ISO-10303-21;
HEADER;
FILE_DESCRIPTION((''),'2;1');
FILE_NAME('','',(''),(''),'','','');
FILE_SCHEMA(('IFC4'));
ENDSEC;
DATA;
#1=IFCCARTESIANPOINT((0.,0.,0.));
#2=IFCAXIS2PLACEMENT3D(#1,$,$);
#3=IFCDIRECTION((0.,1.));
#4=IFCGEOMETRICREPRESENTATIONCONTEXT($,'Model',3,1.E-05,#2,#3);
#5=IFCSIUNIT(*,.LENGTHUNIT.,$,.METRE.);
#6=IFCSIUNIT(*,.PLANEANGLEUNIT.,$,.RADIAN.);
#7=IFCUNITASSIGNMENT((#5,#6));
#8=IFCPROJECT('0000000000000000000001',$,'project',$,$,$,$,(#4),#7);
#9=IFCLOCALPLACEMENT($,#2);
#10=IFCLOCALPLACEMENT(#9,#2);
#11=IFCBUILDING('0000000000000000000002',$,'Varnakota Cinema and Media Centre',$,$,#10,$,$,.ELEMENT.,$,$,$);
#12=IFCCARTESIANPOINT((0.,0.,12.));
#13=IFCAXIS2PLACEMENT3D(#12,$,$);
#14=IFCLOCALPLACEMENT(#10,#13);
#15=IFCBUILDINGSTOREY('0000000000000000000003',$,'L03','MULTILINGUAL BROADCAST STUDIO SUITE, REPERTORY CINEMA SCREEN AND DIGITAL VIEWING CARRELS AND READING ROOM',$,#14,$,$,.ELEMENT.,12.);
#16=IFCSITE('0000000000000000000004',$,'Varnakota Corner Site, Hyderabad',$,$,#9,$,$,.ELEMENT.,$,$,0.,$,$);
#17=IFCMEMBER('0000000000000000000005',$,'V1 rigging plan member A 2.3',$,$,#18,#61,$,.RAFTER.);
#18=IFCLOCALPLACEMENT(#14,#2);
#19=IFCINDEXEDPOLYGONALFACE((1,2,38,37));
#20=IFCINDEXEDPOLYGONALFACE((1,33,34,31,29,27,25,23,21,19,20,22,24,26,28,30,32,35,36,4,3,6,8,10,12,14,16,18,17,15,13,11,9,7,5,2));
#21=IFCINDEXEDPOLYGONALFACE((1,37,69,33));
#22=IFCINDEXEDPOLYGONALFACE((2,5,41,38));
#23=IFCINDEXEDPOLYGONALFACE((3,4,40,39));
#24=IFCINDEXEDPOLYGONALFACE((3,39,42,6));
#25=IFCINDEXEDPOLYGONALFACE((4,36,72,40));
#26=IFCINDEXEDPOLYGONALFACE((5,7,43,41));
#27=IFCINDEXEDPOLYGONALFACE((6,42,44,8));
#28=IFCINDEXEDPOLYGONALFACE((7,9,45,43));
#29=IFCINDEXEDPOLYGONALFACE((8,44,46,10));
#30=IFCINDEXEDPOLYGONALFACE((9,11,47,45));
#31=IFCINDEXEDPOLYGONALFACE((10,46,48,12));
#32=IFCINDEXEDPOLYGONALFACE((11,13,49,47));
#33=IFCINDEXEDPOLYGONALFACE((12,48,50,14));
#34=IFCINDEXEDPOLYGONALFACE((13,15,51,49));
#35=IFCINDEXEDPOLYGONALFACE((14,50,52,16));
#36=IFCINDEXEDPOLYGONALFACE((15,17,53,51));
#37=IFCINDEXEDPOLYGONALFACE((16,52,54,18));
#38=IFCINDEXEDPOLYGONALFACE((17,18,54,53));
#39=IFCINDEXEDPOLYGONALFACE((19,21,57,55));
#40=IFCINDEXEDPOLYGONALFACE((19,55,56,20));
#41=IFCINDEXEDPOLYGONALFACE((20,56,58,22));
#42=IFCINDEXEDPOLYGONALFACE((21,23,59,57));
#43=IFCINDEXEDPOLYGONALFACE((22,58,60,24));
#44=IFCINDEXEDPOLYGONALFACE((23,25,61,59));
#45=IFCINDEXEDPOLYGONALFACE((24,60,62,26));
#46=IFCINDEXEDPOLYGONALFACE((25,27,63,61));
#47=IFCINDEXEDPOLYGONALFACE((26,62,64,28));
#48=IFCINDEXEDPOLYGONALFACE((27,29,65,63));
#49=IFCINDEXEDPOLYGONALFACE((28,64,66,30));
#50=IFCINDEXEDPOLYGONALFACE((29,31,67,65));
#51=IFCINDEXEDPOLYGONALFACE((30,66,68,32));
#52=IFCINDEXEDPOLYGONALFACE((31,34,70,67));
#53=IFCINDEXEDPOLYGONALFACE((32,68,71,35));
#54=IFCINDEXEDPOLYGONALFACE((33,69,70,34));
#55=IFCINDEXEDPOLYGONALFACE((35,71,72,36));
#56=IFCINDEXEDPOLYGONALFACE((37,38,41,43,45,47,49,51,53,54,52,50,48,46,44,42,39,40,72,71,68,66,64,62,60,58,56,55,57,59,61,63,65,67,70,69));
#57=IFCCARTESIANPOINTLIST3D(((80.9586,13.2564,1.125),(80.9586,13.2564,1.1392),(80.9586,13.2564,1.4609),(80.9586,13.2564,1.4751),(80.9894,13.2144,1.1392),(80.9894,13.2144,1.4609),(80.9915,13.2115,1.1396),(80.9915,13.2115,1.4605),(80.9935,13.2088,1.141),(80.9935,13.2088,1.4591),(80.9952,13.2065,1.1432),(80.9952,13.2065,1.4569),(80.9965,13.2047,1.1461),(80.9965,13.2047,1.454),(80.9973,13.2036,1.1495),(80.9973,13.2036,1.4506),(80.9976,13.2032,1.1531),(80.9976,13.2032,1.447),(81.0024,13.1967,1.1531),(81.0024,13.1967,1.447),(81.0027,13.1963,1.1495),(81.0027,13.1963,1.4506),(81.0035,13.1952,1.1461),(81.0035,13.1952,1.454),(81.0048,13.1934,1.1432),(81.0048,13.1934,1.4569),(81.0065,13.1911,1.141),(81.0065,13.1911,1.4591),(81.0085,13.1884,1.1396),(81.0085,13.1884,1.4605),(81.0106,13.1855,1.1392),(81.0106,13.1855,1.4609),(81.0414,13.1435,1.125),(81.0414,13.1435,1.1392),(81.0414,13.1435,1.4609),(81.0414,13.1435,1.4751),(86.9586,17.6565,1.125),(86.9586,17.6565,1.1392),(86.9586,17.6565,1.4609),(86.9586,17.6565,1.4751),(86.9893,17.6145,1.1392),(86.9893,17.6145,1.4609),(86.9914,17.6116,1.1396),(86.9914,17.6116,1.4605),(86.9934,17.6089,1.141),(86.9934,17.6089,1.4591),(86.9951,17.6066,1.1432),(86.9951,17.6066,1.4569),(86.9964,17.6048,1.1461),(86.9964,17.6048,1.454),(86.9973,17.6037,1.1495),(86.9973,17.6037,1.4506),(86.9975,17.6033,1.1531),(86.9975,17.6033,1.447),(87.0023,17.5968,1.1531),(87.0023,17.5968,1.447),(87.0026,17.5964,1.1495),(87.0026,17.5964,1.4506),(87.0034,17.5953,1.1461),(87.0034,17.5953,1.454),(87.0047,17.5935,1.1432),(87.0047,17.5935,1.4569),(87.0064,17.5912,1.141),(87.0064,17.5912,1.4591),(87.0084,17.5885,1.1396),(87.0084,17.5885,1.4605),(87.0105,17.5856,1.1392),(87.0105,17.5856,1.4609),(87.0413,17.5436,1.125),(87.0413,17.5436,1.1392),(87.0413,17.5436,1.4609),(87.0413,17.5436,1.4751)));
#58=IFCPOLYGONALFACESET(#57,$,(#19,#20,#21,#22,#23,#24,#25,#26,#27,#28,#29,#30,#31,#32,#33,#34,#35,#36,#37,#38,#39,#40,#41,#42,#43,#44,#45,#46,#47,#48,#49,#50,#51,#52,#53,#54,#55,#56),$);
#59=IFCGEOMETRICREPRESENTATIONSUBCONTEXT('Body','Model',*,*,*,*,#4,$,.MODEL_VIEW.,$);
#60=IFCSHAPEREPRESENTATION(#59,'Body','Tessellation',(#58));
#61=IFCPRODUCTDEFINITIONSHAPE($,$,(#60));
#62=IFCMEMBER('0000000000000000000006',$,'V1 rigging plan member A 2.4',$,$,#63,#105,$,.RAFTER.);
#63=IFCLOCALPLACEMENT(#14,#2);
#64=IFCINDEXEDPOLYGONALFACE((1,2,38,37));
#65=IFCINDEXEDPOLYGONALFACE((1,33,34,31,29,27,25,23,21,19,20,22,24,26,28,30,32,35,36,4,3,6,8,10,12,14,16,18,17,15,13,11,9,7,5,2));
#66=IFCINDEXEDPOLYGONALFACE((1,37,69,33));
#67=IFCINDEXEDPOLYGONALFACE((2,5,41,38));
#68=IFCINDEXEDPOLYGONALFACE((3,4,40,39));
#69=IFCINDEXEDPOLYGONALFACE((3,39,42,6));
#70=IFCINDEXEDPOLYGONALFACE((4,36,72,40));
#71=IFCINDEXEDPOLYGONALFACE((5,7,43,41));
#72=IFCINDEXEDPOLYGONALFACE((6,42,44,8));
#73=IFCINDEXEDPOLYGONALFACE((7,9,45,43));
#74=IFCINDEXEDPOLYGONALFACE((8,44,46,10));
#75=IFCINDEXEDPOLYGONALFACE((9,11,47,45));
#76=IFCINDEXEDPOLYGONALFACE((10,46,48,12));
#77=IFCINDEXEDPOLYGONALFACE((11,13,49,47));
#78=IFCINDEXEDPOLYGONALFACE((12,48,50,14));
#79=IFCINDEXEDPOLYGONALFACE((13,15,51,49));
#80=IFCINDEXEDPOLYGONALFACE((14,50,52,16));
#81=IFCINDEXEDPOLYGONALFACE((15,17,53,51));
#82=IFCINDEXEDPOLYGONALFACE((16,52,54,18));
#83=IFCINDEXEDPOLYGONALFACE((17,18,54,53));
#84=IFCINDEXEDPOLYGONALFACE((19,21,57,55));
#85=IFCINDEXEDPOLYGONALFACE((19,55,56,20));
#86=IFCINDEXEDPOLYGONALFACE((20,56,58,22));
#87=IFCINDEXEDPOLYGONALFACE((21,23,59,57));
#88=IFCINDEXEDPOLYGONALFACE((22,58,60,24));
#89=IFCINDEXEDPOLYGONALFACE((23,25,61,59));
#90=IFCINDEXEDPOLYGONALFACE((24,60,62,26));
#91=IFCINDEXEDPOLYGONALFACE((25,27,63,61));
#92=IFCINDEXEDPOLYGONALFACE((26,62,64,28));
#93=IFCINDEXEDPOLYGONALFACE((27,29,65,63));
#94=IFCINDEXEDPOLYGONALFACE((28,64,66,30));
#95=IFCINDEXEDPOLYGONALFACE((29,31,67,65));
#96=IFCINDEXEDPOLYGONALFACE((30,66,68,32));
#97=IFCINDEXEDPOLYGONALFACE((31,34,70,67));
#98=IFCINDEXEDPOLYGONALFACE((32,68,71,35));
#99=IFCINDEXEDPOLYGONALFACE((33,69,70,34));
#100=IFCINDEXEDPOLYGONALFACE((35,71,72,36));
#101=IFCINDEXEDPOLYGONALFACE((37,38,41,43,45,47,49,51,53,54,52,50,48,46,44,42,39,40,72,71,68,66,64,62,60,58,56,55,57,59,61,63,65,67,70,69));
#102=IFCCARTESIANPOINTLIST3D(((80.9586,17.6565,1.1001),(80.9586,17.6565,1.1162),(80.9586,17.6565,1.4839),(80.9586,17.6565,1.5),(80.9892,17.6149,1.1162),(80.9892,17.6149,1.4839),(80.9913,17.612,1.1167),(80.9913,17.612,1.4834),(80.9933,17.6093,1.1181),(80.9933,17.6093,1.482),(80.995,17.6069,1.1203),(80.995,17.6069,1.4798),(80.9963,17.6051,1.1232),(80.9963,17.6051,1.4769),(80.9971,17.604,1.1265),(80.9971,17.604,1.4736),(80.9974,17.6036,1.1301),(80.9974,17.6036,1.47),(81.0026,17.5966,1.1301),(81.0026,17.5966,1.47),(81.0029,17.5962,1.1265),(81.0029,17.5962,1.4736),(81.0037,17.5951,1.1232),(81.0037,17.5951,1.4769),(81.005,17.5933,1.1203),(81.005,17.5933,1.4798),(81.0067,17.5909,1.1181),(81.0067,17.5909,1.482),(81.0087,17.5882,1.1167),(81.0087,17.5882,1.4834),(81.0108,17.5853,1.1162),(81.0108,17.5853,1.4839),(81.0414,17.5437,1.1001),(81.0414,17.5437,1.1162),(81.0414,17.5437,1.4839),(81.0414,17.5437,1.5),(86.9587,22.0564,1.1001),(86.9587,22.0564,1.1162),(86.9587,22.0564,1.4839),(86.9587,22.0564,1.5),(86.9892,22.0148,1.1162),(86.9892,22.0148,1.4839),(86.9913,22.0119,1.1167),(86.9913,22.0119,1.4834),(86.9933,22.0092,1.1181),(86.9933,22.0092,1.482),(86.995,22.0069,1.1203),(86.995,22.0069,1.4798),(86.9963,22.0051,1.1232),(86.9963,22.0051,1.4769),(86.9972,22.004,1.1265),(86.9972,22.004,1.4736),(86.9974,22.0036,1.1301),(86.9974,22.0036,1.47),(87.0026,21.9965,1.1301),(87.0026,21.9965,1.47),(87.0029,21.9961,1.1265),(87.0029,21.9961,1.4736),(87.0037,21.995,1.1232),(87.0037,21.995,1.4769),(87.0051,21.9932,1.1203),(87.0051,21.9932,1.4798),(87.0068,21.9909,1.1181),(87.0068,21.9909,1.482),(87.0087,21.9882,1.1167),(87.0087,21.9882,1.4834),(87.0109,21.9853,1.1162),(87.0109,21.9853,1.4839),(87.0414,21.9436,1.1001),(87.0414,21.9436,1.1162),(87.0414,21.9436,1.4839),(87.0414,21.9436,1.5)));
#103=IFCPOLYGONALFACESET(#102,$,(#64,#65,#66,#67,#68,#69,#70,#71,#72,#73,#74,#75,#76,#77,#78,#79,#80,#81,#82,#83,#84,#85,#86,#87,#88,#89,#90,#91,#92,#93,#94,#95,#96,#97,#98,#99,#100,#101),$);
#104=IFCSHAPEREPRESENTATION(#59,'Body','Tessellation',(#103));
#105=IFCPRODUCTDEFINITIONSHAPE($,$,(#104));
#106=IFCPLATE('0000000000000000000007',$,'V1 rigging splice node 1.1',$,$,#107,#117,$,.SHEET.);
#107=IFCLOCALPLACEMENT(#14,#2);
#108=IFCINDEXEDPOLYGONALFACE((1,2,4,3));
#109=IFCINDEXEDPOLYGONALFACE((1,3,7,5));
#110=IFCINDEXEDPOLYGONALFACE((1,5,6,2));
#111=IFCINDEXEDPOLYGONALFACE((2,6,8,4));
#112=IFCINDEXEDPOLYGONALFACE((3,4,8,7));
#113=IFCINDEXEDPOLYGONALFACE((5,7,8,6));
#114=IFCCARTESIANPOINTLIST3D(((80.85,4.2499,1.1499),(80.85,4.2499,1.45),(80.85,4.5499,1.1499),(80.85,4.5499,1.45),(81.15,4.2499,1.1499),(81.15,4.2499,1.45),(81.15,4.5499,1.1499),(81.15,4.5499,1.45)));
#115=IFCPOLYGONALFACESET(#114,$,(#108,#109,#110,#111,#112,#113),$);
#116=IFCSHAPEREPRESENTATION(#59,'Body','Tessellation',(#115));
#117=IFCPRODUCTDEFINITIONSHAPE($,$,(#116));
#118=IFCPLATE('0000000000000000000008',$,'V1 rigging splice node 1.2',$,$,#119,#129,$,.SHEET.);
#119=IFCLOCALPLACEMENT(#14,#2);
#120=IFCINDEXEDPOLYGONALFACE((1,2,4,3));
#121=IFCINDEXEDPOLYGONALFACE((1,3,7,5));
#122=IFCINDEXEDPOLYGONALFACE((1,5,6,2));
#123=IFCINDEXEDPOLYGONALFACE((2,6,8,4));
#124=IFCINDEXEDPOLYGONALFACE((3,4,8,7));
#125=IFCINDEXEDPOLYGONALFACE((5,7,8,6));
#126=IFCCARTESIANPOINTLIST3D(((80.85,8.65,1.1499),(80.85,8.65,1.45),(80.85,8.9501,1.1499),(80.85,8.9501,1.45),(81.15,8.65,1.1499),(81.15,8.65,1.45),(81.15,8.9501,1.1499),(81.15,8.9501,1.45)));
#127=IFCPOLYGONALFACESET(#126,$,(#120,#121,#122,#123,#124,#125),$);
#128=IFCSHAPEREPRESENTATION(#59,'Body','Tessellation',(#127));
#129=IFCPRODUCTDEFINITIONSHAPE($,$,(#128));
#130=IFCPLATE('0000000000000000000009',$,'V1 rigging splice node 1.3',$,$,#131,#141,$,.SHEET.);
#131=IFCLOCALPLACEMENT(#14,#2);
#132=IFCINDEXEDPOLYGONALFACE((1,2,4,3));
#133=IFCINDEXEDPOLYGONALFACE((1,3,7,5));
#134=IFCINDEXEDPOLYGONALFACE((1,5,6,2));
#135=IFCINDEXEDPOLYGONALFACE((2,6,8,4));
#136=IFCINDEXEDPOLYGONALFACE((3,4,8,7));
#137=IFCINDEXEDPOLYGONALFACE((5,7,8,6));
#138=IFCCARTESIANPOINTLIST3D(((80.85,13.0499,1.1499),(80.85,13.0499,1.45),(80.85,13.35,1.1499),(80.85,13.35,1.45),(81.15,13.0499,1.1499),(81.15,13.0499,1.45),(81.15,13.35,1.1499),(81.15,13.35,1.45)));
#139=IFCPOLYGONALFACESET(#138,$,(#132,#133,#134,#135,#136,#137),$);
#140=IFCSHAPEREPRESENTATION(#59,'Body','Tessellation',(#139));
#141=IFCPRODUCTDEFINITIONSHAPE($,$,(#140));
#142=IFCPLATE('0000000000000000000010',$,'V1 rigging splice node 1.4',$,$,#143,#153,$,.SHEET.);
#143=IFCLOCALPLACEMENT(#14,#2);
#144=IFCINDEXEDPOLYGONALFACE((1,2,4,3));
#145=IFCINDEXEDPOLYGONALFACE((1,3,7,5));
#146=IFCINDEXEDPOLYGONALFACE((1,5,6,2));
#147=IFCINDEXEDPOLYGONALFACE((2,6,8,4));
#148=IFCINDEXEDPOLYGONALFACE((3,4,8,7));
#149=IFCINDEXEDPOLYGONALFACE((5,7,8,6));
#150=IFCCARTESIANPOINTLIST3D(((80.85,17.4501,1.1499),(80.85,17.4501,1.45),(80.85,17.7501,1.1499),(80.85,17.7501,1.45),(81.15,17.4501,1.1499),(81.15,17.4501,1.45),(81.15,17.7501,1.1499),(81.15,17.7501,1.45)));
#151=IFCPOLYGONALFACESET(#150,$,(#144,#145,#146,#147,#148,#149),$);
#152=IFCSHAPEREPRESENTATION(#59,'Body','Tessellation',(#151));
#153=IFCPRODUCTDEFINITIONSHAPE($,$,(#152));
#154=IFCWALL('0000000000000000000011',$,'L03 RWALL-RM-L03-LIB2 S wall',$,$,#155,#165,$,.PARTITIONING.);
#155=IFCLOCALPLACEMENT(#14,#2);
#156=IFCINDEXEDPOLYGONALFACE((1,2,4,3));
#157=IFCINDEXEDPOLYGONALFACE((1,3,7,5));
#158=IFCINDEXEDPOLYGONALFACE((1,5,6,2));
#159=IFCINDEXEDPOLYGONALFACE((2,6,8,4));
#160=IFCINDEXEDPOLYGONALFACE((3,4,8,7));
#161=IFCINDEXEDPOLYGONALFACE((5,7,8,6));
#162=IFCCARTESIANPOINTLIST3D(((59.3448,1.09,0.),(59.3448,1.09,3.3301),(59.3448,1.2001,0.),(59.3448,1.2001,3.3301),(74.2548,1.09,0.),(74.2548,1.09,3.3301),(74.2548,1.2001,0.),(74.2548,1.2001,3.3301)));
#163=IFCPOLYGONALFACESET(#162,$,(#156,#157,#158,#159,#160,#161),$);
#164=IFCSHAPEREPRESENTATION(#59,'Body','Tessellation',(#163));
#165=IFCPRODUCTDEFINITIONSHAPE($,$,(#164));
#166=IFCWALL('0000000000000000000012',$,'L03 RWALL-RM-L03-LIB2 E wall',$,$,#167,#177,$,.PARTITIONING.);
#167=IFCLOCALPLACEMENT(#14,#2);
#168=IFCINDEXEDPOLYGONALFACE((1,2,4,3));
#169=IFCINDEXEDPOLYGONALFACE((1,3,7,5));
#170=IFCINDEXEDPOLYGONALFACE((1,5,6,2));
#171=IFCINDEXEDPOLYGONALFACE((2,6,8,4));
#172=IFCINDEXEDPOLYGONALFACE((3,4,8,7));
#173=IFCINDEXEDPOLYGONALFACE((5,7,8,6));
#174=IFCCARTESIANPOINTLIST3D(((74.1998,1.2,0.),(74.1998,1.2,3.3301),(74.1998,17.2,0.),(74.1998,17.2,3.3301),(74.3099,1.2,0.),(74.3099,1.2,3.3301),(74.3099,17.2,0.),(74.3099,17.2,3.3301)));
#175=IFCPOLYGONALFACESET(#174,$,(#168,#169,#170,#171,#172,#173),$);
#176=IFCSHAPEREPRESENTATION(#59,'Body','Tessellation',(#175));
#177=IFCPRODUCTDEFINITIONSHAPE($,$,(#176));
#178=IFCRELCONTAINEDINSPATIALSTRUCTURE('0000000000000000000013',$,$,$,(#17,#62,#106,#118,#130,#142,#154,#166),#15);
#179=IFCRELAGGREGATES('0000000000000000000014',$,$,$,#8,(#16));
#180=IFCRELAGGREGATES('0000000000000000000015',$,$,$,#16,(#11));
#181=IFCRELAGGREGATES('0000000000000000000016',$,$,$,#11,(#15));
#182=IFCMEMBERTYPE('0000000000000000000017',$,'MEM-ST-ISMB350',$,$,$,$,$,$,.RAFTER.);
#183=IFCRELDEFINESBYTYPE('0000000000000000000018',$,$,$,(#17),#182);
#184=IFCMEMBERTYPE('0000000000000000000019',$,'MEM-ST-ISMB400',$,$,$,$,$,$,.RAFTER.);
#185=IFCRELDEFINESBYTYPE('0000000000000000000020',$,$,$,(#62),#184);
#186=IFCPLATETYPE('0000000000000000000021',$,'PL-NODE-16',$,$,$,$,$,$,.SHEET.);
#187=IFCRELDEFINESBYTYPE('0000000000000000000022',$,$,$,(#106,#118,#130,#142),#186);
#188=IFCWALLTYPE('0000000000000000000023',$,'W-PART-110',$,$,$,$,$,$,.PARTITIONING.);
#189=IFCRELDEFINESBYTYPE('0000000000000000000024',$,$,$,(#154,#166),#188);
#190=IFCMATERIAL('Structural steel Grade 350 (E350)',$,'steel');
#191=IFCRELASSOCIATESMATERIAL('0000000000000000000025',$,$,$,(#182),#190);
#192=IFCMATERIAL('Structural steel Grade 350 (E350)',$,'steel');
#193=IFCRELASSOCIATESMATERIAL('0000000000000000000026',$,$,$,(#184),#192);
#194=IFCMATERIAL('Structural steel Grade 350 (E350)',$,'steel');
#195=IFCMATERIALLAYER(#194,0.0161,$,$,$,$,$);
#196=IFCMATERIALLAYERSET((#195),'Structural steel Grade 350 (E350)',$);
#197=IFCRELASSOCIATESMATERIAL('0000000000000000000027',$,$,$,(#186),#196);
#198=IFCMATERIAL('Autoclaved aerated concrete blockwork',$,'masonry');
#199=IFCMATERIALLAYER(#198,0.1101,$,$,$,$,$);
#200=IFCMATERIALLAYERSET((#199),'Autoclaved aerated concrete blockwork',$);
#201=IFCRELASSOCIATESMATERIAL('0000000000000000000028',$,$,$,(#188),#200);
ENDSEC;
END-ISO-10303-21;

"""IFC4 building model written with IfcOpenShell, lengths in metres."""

from ifc_helpers import new_model, si_unit, direction, frame, frame_2d, origin, origin_2d, place, context, subcontext, project, spatial, rectangle, i_section, extrude, material, layer, layer_set, material_profile, profile_set, type_object, element, save


model = new_model("IFC4")

# Units and contexts
model_context = context("Model", 3, precision=1e-05, world=origin(), true_north=direction((0.0, 1.0)))
body_context = subcontext(model_context, "Body", "Model", "MODEL_VIEW")
ifc_project = project(units=[si_unit("LENGTHUNIT", "METRE"), si_unit("PLANEANGLEUNIT", "RADIAN")], contexts=[model_context])

# Site, building, storey
site_placement = place(None, origin())
site = spatial("IfcSite", under=ifc_project, at=site_placement, Name="Varnakota Corner Site, Hyderabad", CompositionType="ELEMENT", RefElevation=0.0)
building_placement = place(site_placement, origin())
building = spatial("IfcBuilding", under=site, at=building_placement, Name="Varnakota Cinema and Media Centre", CompositionType="ELEMENT")
storey_placement = place(building_placement, frame((0.0, 0.0, 12.0)))
storey = spatial("IfcBuildingStorey", under=building, at=storey_placement, Name="L03", Description="MULTILINGUAL BROADCAST STUDIO SUITE, REPERTORY CINEMA SCREEN AND DIGITAL VIEWING CARRELS AND READING ROOM", CompositionType="ELEMENT", Elevation=12.0)

# Members
ifc_material_1 = material(Name="Structural steel Grade 350 (E350)", Category="steel")
ifc_material_profile_1 = material_profile(ifc_material_1, i_section(OverallWidth=0.1399, OverallDepth=0.3501, WebThickness=0.0081, FlangeThickness=0.0142, FilletRadius=0.0139, at=origin_2d()), Name="ISMB 350")
ifc_profile_set_1 = profile_set([ifc_material_profile_1], Name="Structural steel Grade 350 (E350)")
member_type_1 = type_object("IfcMemberType", Name="MEM-ST-ISMB350", PredefinedType="RAFTER", material=ifc_profile_set_1)
member_1_placement = place(storey_placement, frame((81.0, 13.2, 1.3), z_axis=(0.806396, 0.591376, 0.0), x_axis=(-0.591376, 0.806396, 0.0)))
element("IfcMember", 1, at=member_1_placement, inside=storey, type_object=member_type_1, Name="V1 rigging plan member A 2.3", PredefinedType="RAFTER", context=body_context, shape_type="SweptSolid", body=[
    extrude(i_section(OverallWidth=0.1399, OverallDepth=0.3501, WebThickness=0.0081, FlangeThickness=0.0142, FilletRadius=0.0139, at=origin_2d()), origin(), (0.0, 0.0, 1.0), 7.4404),
])
ifc_material_2 = material(Name="Structural steel Grade 350 (E350)", Category="steel")
ifc_material_profile_2 = material_profile(ifc_material_2, i_section(OverallWidth=0.1399, OverallDepth=0.3999, WebThickness=0.0088, FlangeThickness=0.0161, FilletRadius=0.0139, at=origin_2d()), Name="ISMB 400")
ifc_profile_set_2 = profile_set([ifc_material_profile_2], Name="Structural steel Grade 350 (E350)")
member_type_2 = type_object("IfcMemberType", Name="MEM-ST-ISMB400", PredefinedType="RAFTER", material=ifc_profile_set_2)
member_2_placement = place(storey_placement, frame((81.0, 17.6001, 1.3), z_axis=(0.806411, 0.591355, 0.0), x_axis=(-0.591355, 0.806411, 0.0)))
element("IfcMember", 2, at=member_2_placement, inside=storey, type_object=member_type_2, Name="V1 rigging plan member A 2.4", PredefinedType="RAFTER", context=body_context, shape_type="SweptSolid", body=[
    extrude(i_section(OverallWidth=0.1399, OverallDepth=0.3999, WebThickness=0.0088, FlangeThickness=0.0161, FilletRadius=0.0139, at=origin_2d()), origin(), (0.0, 0.0, 1.0), 7.4404),
])

# Plates
ifc_material_3 = material(Name="Structural steel Grade 350 (E350)", Category="steel")
ifc_layer_1 = layer(ifc_material_3, 0.0161)
ifc_layer_set_1 = layer_set([ifc_layer_1], Name="Structural steel Grade 350 (E350)")
plate_type = type_object("IfcPlateType", Name="PL-NODE-16", PredefinedType="SHEET", material=ifc_layer_set_1)
for number, where, z_axis, x_axis, name in (
    (3, (81.0, 4.3999, 1.1499), (0.0, 0.0, 1.0), (1.0, 0.0, 0.0), "V1 rigging splice node 1.1"),
    (4, (81.0, 8.8, 1.1499), (0.0, 0.0, 1.0), (1.0, 0.0, 0.0), "V1 rigging splice node 1.2"),
    (5, (81.0, 13.2, 1.1499), (0.0, 0.0, 1.0), (1.0, 0.0, 0.0), "V1 rigging splice node 1.3"),
    (6, (81.0, 17.6001, 1.1499), (0.0, 0.0, 1.0), (1.0, 0.0, 0.0), "V1 rigging splice node 1.4"),
):
    element("IfcPlate", number, at=place(storey_placement, frame(where, z_axis=z_axis, x_axis=x_axis)), inside=storey, type_object=plate_type, Name=name, PredefinedType="SHEET", context=body_context, shape_type="SweptSolid", body=[
        extrude(rectangle(XDim=0.3, YDim=0.3, at=origin_2d()), origin(), (0.0, 0.0, 1.0), 0.3),
    ])

# Walls
ifc_material_4 = material(Name="Autoclaved aerated concrete blockwork", Category="masonry")
ifc_layer_2 = layer(ifc_material_4, 0.1101)
ifc_layer_set_2 = layer_set([ifc_layer_2], Name="Autoclaved aerated concrete blockwork")
wall_type = type_object("IfcWallType", Name="W-PART-110", PredefinedType="PARTITIONING", material=ifc_layer_set_2)
wall_1_placement = place(storey_placement, frame((74.2549, 1.145, 0.0), z_axis=(0.0, 0.0, 1.0), x_axis=(-1.0, 0.0, 0.0)))
element("IfcWall", 7, at=wall_1_placement, inside=storey, type_object=wall_type, Name="L03 RWALL-RM-L03-LIB2 S wall", PredefinedType="PARTITIONING", context=body_context, shape_type="SweptSolid", body=[
    extrude(rectangle(XDim=14.9099, YDim=0.1101, at=frame_2d((7.4551, 0.0))), origin(), (0.0, 0.0, 1.0), 3.3301),
])
wall_2_placement = place(storey_placement, frame((74.2549, 17.2, 0.0), z_axis=(0.0, 0.0, 1.0), x_axis=(0.0, -1.0, 0.0)))
element("IfcWall", 8, at=wall_2_placement, inside=storey, type_object=wall_type, Name="L03 RWALL-RM-L03-LIB2 E wall", PredefinedType="PARTITIONING", context=body_context, shape_type="SweptSolid", body=[
    extrude(rectangle(XDim=16.0, YDim=0.1101, at=frame_2d((8.0, 0.0))), origin(), (0.0, 0.0, 1.0), 3.3301),
])

save(model, "model.ifc")
